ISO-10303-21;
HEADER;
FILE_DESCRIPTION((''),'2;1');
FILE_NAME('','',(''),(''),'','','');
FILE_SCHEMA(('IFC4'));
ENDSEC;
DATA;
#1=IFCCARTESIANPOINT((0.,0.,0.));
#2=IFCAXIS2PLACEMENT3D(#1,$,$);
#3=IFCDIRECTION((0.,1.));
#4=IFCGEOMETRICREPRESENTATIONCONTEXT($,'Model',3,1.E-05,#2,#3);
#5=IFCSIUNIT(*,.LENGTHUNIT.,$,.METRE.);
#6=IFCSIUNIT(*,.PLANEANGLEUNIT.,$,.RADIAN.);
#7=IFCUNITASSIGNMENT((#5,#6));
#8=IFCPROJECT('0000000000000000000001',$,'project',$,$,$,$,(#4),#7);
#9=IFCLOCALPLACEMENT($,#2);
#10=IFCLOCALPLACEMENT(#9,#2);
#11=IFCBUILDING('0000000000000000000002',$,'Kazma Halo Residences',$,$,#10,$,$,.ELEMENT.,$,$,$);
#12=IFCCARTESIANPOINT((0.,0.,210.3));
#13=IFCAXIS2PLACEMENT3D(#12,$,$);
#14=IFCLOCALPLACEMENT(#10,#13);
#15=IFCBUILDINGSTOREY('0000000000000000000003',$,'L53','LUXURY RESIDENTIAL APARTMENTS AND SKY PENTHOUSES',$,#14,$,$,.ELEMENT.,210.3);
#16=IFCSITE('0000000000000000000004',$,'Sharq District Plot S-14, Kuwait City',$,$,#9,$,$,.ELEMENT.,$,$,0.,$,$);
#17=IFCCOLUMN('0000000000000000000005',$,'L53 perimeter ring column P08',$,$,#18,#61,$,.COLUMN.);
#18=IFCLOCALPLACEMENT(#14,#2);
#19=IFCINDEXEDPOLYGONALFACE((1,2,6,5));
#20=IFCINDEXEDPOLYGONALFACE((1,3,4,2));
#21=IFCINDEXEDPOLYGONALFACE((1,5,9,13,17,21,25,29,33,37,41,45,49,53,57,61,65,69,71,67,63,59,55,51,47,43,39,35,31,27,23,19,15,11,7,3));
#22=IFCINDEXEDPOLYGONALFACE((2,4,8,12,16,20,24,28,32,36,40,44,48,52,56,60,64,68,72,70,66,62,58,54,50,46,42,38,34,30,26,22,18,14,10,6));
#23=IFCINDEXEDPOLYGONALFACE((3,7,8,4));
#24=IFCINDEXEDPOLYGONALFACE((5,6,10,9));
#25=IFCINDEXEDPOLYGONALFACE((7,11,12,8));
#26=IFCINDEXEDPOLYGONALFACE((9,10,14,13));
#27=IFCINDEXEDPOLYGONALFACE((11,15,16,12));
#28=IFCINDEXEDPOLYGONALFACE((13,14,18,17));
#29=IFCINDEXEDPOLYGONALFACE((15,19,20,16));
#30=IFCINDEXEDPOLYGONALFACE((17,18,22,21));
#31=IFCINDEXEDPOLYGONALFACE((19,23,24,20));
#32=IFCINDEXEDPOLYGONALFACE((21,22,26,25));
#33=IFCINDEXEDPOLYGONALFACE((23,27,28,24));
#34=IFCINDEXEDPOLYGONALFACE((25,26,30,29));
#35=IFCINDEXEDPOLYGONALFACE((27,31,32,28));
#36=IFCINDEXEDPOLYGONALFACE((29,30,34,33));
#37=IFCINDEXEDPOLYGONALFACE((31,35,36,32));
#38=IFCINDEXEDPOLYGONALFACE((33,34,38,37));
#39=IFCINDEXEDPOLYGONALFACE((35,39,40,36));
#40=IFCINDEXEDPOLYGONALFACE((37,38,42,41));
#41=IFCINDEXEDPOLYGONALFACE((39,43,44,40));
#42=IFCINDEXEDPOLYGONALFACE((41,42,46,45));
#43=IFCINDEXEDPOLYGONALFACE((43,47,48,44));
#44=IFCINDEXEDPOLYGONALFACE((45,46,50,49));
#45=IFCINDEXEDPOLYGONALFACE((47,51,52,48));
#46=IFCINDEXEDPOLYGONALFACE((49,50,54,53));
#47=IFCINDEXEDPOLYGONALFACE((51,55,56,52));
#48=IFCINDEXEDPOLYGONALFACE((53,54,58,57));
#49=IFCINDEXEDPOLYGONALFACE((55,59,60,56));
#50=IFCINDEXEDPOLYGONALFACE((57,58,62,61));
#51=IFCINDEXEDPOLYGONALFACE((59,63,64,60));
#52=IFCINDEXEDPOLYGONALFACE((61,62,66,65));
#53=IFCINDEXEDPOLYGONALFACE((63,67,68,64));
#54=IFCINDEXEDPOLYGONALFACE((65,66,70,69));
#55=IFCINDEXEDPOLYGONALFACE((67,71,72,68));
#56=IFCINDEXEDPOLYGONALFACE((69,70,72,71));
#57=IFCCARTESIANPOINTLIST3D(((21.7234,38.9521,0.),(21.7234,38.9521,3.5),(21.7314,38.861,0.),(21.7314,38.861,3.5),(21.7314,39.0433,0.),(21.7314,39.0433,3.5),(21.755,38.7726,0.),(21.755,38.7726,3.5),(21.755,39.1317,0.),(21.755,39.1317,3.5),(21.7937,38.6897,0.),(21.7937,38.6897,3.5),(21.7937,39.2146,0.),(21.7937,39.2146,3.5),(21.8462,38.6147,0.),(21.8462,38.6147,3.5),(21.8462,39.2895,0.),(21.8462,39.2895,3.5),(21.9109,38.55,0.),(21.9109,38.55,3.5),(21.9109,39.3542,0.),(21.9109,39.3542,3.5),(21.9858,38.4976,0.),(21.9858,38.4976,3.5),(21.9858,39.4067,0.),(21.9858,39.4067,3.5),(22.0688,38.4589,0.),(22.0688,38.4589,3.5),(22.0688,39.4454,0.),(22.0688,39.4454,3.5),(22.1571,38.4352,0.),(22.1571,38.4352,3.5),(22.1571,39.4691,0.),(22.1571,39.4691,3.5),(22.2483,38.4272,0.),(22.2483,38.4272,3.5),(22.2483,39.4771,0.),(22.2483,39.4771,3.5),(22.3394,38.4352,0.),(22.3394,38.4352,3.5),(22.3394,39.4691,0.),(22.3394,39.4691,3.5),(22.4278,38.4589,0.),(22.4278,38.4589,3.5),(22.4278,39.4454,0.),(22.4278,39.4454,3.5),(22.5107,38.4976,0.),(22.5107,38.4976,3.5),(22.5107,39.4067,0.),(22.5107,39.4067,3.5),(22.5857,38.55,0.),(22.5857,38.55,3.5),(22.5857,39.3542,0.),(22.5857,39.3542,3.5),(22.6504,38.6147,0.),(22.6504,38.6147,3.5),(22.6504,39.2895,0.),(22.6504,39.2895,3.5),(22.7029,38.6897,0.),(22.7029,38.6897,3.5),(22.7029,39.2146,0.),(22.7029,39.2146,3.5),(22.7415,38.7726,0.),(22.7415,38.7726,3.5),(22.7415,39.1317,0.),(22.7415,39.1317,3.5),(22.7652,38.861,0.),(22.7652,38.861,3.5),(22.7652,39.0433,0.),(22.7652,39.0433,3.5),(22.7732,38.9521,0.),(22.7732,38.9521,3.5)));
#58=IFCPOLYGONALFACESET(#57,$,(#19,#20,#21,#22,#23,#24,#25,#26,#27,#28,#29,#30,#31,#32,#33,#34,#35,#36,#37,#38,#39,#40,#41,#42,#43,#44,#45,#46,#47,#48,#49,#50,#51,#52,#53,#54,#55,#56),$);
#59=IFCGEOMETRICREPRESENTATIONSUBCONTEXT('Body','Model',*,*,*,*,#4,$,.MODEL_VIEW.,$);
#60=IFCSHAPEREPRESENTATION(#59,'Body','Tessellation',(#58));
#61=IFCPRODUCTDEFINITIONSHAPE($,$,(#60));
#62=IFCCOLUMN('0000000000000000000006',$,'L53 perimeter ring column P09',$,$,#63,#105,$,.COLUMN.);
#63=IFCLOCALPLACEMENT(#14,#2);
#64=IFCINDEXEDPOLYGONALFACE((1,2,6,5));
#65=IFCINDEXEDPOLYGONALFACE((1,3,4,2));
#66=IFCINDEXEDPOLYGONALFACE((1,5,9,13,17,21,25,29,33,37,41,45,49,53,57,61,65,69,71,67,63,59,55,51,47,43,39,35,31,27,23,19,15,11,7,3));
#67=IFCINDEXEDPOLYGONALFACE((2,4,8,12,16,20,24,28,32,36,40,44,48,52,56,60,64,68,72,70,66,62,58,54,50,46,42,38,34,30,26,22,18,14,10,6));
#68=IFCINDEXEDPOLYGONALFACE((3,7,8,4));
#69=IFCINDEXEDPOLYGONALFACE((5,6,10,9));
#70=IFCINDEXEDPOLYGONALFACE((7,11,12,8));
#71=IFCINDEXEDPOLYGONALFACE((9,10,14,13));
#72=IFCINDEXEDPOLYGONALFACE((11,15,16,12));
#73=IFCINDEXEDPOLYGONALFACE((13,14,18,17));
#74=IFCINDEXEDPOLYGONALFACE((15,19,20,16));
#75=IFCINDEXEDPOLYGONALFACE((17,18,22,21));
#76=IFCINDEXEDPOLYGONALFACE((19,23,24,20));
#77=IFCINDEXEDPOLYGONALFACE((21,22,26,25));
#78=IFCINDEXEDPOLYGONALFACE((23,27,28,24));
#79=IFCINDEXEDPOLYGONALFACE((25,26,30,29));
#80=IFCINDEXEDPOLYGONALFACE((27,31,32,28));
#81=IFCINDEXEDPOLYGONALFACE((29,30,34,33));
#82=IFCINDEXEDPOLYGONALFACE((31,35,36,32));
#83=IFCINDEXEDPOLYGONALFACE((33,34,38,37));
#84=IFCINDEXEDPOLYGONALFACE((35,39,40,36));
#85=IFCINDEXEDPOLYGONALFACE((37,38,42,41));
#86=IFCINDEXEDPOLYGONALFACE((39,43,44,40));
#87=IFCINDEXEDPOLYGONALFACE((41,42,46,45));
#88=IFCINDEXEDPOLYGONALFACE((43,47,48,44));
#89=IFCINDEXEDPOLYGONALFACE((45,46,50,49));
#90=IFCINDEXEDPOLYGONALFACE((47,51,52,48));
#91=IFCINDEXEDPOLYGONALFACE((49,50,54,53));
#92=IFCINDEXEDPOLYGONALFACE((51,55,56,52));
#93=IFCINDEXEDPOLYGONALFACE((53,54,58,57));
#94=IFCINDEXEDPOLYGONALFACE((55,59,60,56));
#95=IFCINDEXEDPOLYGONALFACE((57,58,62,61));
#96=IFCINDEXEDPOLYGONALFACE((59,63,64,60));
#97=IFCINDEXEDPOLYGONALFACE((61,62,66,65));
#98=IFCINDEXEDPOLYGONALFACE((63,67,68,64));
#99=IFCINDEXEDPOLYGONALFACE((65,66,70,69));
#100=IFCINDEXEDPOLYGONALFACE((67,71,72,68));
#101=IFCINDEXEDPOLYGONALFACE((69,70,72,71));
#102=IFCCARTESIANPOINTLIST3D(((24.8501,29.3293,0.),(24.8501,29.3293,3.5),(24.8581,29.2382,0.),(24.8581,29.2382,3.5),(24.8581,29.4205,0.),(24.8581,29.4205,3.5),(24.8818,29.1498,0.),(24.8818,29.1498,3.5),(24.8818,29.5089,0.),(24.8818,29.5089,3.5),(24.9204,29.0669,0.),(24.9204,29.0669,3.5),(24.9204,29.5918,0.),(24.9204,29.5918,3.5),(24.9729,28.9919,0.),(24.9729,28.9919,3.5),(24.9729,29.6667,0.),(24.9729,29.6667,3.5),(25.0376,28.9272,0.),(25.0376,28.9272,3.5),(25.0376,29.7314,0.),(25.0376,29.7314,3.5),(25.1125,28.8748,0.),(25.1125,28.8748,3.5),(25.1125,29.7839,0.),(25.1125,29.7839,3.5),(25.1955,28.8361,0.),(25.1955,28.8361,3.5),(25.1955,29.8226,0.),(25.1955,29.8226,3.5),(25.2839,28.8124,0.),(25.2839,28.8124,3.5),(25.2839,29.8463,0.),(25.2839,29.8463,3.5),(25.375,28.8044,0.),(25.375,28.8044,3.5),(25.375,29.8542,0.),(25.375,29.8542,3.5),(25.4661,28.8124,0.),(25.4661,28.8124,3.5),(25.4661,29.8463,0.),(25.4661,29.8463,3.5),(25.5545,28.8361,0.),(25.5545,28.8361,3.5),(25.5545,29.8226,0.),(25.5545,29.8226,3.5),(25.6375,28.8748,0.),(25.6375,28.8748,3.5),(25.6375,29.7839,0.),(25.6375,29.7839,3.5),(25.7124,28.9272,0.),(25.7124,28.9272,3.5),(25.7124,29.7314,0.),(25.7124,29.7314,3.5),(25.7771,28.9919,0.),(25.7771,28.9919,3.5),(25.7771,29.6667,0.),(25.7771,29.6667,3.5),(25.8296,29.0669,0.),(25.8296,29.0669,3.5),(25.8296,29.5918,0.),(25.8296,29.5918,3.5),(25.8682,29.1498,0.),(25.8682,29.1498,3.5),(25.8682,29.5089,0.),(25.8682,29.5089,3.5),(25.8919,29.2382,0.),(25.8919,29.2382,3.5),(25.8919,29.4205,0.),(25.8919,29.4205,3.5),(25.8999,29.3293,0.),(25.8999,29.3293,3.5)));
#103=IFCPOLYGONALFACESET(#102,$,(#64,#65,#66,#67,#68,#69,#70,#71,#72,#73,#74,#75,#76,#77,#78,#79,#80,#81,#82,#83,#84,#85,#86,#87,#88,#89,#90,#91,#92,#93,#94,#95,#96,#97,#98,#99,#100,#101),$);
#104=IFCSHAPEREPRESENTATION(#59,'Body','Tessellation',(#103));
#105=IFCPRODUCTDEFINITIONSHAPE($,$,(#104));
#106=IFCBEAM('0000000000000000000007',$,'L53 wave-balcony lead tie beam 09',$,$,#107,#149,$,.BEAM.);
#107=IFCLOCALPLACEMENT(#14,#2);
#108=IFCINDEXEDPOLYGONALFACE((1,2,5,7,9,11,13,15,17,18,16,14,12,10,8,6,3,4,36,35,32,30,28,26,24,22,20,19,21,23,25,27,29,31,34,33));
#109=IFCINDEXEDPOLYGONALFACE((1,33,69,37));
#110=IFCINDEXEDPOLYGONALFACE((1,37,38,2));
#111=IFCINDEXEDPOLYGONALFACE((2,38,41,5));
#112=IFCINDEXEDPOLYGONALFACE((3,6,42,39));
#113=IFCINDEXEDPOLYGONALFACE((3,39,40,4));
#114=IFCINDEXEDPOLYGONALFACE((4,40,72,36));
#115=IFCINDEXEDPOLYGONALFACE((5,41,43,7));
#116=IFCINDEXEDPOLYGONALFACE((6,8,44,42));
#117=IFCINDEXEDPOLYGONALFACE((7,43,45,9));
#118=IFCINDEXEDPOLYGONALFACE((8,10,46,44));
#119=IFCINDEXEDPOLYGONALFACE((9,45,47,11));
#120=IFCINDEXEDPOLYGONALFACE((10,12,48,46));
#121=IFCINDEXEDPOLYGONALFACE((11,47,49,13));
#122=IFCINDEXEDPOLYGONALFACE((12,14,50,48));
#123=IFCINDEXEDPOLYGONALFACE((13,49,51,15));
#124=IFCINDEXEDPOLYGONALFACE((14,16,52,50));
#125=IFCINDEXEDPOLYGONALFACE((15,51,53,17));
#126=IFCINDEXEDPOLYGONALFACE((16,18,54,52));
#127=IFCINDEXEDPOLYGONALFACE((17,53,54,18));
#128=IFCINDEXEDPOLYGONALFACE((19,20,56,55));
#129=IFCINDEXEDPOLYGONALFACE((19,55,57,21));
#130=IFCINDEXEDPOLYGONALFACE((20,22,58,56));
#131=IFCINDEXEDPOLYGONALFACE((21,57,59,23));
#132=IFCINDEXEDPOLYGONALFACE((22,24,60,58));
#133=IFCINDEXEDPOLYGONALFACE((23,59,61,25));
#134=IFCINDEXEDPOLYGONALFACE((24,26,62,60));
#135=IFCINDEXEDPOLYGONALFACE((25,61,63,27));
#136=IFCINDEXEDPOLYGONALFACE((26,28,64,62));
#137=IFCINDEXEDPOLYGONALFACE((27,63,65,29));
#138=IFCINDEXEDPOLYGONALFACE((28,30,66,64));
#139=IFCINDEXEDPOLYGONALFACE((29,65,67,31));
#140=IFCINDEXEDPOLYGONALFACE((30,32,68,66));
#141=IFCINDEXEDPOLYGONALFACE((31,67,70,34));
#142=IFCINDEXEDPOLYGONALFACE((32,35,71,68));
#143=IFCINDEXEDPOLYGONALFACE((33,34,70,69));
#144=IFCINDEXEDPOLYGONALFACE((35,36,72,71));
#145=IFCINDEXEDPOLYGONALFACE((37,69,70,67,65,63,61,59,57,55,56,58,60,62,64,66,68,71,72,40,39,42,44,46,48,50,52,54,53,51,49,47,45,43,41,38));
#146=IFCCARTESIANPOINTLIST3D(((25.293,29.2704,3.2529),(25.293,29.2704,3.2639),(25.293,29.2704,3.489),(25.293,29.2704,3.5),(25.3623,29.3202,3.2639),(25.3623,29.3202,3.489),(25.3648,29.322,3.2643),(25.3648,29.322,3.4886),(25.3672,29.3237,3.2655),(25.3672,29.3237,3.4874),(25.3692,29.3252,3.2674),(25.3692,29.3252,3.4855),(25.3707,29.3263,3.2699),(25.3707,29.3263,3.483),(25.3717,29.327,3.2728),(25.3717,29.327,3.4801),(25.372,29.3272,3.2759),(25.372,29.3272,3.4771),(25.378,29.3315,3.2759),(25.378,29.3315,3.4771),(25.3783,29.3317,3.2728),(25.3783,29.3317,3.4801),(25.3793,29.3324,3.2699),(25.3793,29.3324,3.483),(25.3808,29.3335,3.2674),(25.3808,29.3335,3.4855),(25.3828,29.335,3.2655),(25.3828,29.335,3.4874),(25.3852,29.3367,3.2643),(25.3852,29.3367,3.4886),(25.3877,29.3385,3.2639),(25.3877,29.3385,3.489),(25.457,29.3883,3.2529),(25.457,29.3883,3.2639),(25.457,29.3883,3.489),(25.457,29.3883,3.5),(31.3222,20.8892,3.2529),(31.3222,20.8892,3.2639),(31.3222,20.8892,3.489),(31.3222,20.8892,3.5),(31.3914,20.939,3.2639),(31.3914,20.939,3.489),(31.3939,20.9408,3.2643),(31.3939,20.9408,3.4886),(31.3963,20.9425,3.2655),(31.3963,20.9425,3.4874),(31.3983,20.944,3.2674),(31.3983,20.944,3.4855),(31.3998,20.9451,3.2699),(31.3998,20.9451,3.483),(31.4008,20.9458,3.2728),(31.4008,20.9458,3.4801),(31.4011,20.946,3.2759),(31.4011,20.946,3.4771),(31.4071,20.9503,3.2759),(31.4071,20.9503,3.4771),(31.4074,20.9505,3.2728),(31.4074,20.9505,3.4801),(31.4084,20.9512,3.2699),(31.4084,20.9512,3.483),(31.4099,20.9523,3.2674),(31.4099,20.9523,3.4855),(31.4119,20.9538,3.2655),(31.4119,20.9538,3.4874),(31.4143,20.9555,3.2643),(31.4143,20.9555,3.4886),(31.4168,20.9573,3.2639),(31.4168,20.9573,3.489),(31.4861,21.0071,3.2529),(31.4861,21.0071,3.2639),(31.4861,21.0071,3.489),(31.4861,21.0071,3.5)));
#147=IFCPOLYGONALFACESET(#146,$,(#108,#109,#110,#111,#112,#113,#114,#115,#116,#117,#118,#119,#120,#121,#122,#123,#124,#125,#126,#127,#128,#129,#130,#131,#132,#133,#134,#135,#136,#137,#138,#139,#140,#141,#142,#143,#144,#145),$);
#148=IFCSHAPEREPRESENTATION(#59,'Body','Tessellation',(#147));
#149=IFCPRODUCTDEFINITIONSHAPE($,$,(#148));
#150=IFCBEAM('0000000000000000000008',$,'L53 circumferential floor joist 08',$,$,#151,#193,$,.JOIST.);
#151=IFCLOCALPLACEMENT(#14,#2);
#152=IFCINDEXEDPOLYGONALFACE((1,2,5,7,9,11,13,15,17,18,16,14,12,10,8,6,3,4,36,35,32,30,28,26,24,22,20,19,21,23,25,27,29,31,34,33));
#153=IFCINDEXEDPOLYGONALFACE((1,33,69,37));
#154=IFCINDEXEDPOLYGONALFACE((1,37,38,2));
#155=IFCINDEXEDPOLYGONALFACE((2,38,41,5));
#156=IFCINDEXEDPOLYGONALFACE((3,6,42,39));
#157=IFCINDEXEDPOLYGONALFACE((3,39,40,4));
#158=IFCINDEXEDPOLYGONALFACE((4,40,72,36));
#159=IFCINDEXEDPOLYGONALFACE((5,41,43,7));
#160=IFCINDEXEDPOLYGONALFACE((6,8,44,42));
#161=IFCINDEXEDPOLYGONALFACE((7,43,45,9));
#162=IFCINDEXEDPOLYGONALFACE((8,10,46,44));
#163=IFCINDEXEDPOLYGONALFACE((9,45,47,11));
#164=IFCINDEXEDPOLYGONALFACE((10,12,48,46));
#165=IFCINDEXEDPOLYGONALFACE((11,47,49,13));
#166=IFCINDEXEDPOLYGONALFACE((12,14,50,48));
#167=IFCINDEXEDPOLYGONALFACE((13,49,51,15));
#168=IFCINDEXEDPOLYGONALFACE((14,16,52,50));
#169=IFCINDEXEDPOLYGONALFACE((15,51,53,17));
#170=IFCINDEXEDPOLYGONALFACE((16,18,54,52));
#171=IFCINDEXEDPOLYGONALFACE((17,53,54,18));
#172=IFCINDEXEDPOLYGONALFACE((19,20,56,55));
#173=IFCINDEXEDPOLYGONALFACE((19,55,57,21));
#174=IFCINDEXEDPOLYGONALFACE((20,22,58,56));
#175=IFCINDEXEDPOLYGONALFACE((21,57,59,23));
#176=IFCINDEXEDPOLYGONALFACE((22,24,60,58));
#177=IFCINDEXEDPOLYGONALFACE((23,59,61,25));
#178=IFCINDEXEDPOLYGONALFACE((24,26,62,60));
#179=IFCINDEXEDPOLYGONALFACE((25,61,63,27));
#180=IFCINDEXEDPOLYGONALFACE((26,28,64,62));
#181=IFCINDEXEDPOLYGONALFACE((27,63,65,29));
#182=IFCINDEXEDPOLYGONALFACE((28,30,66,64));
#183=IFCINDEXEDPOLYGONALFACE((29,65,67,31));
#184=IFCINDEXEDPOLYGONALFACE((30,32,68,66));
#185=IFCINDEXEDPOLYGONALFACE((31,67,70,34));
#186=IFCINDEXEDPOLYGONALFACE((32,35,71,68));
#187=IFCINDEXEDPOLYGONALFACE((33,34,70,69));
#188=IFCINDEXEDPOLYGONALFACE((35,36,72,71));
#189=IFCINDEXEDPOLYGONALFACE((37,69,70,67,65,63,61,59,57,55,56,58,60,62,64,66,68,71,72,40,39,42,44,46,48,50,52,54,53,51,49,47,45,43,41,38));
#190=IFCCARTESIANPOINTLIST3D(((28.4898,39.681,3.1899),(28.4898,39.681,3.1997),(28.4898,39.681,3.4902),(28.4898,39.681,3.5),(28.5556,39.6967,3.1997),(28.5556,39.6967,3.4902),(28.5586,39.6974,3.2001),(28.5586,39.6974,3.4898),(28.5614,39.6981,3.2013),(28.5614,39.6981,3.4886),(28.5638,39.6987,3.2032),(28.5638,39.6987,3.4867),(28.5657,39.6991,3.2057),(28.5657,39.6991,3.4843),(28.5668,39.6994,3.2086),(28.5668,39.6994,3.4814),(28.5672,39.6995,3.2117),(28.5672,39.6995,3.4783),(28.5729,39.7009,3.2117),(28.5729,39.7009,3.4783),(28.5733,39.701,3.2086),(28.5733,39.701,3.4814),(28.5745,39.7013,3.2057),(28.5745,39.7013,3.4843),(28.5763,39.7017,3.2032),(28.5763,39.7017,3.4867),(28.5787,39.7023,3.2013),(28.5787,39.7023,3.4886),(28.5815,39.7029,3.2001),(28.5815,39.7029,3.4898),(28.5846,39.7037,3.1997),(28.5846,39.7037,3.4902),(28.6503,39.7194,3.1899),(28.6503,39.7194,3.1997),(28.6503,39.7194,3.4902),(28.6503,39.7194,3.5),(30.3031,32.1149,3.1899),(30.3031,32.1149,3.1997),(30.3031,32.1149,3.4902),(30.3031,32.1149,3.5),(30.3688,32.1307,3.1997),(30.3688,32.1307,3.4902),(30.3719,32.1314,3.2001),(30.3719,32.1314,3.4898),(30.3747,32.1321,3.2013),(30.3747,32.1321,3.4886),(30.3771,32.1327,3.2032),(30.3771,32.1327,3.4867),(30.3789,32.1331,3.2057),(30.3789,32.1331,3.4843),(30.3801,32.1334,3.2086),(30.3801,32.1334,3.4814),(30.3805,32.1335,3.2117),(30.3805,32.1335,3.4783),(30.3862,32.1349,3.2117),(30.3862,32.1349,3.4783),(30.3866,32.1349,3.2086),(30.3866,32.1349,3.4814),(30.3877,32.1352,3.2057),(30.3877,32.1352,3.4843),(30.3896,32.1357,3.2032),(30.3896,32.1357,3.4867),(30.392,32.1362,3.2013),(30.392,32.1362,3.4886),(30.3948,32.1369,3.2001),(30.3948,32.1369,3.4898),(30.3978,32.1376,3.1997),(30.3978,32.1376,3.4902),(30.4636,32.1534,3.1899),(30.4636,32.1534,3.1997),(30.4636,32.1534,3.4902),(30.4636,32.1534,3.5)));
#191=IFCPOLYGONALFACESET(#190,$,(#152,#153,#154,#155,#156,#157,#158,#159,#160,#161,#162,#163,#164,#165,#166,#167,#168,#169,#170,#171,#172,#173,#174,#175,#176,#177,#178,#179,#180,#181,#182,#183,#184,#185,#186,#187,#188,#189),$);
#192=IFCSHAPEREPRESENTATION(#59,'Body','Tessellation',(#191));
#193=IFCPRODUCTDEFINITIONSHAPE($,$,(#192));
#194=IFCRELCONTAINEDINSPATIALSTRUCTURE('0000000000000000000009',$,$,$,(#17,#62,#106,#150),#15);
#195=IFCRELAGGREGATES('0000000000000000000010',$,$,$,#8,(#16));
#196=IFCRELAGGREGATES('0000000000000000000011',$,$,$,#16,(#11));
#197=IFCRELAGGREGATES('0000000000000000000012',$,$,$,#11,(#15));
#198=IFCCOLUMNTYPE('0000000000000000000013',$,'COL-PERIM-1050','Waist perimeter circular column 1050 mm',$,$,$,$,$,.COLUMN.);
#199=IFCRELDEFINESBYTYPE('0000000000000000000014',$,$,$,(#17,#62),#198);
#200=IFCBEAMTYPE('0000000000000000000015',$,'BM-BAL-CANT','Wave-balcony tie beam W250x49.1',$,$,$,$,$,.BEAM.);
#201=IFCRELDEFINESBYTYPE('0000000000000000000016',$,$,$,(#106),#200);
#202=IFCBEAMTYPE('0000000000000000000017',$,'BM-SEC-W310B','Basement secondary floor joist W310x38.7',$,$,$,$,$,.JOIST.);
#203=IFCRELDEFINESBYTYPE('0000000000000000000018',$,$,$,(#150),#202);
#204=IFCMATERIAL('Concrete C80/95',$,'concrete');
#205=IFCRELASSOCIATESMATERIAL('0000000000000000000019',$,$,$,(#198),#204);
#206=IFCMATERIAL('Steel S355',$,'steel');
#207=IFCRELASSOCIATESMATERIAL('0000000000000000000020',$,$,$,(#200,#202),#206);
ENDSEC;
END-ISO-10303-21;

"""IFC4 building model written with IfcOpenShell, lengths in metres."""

from ifc_helpers import new_model, si_unit, direction, frame, origin, origin_2d, place, context, subcontext, project, spatial, circle, i_section, extrude, material, material_profile, profile_set, type_object, element, save


model = new_model("IFC4")

# Units and contexts
model_context = context("Model", 3, precision=1e-05, world=origin(), true_north=direction((0.0, 1.0)))
body_context = subcontext(model_context, "Body", "Model", "MODEL_VIEW")
ifc_project = project(units=[si_unit("LENGTHUNIT", "METRE"), si_unit("PLANEANGLEUNIT", "RADIAN")], contexts=[model_context])

# Site, building, storey
site_placement = place(None, origin())
site = spatial("IfcSite", under=ifc_project, at=site_placement, Name="Sharq District Plot S-14, Kuwait City", CompositionType="ELEMENT", RefElevation=0.0)
building_placement = place(site_placement, origin())
building = spatial("IfcBuilding", under=site, at=building_placement, Name="Kazma Halo Residences", CompositionType="ELEMENT")
storey_placement = place(building_placement, frame((0.0, 0.0, 210.3)))
storey = spatial("IfcBuildingStorey", under=building, at=storey_placement, Name="L53", Description="LUXURY RESIDENTIAL APARTMENTS AND SKY PENTHOUSES", CompositionType="ELEMENT", Elevation=210.3)

# Columns
ifc_material_1 = material(Name="Concrete C80/95", Category="concrete")
ifc_material_profile_1 = material_profile(ifc_material_1, circle(Radius=0.5249, at=origin_2d()), Name="CIRC1050")
ifc_profile_set_1 = profile_set([ifc_material_profile_1], Name="Concrete C80/95")
column_type = type_object("IfcColumnType", Name="COL-PERIM-1050", Description="Waist perimeter circular column 1050 mm", PredefinedType="COLUMN", material=ifc_profile_set_1)
for number, where, z_axis, x_axis, name in (
    (1, (22.2483, 38.9521, 0.0), (0.0, 0.0, 1.0), (1.0, 0.0, 0.0), "L53 perimeter ring column P08"),
    (2, (25.375, 29.3293, 0.0), (0.0, 0.0, 1.0), (1.0, 0.0, 0.0), "L53 perimeter ring column P09"),
):
    element("IfcColumn", number, at=place(storey_placement, frame(where, z_axis=z_axis, x_axis=x_axis)), inside=storey, type_object=column_type, Name=name, PredefinedType="COLUMN", context=body_context, shape_type="SweptSolid", body=[
        extrude(circle(Radius=0.5249, at=origin_2d()), origin(), (0.0, 0.0, 1.0), 3.5),
    ])

# Beams
ifc_material_2 = material(Name="Steel S355", Category="steel")
ifc_material_profile_2 = material_profile(ifc_material_2, i_section(OverallWidth=0.2019, OverallDepth=0.2471, WebThickness=0.0073, FlangeThickness=0.011, FilletRadius=0.012, at=origin_2d()), Name="W250x49.1")
ifc_profile_set_2 = profile_set([ifc_material_profile_2], Name="Steel S355")
beam_type_1 = type_object("IfcBeamType", Name="BM-BAL-CANT", Description="Wave-balcony tie beam W250x49.1", PredefinedType="BEAM", material=ifc_profile_set_2)
beam_1_placement = place(storey_placement, frame((25.375, 29.3293, 3.3765), z_axis=(0.583964, -0.81178, 0.0), x_axis=(0.81178, 0.583964, 0.0)))
element("IfcBeam", 3, at=beam_1_placement, inside=storey, type_object=beam_type_1, Name="L53 wave-balcony lead tie beam 09", PredefinedType="BEAM", context=body_context, shape_type="SweptSolid", body=[
    extrude(i_section(OverallWidth=0.2019, OverallDepth=0.2471, WebThickness=0.0073, FlangeThickness=0.011, FilletRadius=0.012, at=origin_2d()), origin(), (0.0, 0.0, 1.0), 10.3245),
])
ifc_material_profile_3 = material_profile(ifc_material_2, i_section(OverallWidth=0.165, OverallDepth=0.3101, WebThickness=0.0059, FlangeThickness=0.0098, FilletRadius=0.012, at=origin_2d()), Name="W310x38.7")
ifc_profile_set_3 = profile_set([ifc_material_profile_3], Name="Steel S355")
beam_type_2 = type_object("IfcBeamType", Name="BM-SEC-W310B", Description="Basement secondary floor joist W310x38.7", PredefinedType="JOIST", material=ifc_profile_set_3)
beam_2_placement = place(storey_placement, frame((28.5701, 39.7002, 3.345), z_axis=(0.233058, -0.972463, 0.0), x_axis=(0.972463, 0.233058, 0.0)))
element("IfcBeam", 4, at=beam_2_placement, inside=storey, type_object=beam_type_2, Name="L53 circumferential floor joist 08", PredefinedType="JOIST", context=body_context, shape_type="SweptSolid", body=[
    extrude(i_section(OverallWidth=0.165, OverallDepth=0.3101, WebThickness=0.0059, FlangeThickness=0.0098, FilletRadius=0.012, at=origin_2d()), origin(), (0.0, 0.0, 1.0), 7.7803),
])

save(model, "model.ifc")
